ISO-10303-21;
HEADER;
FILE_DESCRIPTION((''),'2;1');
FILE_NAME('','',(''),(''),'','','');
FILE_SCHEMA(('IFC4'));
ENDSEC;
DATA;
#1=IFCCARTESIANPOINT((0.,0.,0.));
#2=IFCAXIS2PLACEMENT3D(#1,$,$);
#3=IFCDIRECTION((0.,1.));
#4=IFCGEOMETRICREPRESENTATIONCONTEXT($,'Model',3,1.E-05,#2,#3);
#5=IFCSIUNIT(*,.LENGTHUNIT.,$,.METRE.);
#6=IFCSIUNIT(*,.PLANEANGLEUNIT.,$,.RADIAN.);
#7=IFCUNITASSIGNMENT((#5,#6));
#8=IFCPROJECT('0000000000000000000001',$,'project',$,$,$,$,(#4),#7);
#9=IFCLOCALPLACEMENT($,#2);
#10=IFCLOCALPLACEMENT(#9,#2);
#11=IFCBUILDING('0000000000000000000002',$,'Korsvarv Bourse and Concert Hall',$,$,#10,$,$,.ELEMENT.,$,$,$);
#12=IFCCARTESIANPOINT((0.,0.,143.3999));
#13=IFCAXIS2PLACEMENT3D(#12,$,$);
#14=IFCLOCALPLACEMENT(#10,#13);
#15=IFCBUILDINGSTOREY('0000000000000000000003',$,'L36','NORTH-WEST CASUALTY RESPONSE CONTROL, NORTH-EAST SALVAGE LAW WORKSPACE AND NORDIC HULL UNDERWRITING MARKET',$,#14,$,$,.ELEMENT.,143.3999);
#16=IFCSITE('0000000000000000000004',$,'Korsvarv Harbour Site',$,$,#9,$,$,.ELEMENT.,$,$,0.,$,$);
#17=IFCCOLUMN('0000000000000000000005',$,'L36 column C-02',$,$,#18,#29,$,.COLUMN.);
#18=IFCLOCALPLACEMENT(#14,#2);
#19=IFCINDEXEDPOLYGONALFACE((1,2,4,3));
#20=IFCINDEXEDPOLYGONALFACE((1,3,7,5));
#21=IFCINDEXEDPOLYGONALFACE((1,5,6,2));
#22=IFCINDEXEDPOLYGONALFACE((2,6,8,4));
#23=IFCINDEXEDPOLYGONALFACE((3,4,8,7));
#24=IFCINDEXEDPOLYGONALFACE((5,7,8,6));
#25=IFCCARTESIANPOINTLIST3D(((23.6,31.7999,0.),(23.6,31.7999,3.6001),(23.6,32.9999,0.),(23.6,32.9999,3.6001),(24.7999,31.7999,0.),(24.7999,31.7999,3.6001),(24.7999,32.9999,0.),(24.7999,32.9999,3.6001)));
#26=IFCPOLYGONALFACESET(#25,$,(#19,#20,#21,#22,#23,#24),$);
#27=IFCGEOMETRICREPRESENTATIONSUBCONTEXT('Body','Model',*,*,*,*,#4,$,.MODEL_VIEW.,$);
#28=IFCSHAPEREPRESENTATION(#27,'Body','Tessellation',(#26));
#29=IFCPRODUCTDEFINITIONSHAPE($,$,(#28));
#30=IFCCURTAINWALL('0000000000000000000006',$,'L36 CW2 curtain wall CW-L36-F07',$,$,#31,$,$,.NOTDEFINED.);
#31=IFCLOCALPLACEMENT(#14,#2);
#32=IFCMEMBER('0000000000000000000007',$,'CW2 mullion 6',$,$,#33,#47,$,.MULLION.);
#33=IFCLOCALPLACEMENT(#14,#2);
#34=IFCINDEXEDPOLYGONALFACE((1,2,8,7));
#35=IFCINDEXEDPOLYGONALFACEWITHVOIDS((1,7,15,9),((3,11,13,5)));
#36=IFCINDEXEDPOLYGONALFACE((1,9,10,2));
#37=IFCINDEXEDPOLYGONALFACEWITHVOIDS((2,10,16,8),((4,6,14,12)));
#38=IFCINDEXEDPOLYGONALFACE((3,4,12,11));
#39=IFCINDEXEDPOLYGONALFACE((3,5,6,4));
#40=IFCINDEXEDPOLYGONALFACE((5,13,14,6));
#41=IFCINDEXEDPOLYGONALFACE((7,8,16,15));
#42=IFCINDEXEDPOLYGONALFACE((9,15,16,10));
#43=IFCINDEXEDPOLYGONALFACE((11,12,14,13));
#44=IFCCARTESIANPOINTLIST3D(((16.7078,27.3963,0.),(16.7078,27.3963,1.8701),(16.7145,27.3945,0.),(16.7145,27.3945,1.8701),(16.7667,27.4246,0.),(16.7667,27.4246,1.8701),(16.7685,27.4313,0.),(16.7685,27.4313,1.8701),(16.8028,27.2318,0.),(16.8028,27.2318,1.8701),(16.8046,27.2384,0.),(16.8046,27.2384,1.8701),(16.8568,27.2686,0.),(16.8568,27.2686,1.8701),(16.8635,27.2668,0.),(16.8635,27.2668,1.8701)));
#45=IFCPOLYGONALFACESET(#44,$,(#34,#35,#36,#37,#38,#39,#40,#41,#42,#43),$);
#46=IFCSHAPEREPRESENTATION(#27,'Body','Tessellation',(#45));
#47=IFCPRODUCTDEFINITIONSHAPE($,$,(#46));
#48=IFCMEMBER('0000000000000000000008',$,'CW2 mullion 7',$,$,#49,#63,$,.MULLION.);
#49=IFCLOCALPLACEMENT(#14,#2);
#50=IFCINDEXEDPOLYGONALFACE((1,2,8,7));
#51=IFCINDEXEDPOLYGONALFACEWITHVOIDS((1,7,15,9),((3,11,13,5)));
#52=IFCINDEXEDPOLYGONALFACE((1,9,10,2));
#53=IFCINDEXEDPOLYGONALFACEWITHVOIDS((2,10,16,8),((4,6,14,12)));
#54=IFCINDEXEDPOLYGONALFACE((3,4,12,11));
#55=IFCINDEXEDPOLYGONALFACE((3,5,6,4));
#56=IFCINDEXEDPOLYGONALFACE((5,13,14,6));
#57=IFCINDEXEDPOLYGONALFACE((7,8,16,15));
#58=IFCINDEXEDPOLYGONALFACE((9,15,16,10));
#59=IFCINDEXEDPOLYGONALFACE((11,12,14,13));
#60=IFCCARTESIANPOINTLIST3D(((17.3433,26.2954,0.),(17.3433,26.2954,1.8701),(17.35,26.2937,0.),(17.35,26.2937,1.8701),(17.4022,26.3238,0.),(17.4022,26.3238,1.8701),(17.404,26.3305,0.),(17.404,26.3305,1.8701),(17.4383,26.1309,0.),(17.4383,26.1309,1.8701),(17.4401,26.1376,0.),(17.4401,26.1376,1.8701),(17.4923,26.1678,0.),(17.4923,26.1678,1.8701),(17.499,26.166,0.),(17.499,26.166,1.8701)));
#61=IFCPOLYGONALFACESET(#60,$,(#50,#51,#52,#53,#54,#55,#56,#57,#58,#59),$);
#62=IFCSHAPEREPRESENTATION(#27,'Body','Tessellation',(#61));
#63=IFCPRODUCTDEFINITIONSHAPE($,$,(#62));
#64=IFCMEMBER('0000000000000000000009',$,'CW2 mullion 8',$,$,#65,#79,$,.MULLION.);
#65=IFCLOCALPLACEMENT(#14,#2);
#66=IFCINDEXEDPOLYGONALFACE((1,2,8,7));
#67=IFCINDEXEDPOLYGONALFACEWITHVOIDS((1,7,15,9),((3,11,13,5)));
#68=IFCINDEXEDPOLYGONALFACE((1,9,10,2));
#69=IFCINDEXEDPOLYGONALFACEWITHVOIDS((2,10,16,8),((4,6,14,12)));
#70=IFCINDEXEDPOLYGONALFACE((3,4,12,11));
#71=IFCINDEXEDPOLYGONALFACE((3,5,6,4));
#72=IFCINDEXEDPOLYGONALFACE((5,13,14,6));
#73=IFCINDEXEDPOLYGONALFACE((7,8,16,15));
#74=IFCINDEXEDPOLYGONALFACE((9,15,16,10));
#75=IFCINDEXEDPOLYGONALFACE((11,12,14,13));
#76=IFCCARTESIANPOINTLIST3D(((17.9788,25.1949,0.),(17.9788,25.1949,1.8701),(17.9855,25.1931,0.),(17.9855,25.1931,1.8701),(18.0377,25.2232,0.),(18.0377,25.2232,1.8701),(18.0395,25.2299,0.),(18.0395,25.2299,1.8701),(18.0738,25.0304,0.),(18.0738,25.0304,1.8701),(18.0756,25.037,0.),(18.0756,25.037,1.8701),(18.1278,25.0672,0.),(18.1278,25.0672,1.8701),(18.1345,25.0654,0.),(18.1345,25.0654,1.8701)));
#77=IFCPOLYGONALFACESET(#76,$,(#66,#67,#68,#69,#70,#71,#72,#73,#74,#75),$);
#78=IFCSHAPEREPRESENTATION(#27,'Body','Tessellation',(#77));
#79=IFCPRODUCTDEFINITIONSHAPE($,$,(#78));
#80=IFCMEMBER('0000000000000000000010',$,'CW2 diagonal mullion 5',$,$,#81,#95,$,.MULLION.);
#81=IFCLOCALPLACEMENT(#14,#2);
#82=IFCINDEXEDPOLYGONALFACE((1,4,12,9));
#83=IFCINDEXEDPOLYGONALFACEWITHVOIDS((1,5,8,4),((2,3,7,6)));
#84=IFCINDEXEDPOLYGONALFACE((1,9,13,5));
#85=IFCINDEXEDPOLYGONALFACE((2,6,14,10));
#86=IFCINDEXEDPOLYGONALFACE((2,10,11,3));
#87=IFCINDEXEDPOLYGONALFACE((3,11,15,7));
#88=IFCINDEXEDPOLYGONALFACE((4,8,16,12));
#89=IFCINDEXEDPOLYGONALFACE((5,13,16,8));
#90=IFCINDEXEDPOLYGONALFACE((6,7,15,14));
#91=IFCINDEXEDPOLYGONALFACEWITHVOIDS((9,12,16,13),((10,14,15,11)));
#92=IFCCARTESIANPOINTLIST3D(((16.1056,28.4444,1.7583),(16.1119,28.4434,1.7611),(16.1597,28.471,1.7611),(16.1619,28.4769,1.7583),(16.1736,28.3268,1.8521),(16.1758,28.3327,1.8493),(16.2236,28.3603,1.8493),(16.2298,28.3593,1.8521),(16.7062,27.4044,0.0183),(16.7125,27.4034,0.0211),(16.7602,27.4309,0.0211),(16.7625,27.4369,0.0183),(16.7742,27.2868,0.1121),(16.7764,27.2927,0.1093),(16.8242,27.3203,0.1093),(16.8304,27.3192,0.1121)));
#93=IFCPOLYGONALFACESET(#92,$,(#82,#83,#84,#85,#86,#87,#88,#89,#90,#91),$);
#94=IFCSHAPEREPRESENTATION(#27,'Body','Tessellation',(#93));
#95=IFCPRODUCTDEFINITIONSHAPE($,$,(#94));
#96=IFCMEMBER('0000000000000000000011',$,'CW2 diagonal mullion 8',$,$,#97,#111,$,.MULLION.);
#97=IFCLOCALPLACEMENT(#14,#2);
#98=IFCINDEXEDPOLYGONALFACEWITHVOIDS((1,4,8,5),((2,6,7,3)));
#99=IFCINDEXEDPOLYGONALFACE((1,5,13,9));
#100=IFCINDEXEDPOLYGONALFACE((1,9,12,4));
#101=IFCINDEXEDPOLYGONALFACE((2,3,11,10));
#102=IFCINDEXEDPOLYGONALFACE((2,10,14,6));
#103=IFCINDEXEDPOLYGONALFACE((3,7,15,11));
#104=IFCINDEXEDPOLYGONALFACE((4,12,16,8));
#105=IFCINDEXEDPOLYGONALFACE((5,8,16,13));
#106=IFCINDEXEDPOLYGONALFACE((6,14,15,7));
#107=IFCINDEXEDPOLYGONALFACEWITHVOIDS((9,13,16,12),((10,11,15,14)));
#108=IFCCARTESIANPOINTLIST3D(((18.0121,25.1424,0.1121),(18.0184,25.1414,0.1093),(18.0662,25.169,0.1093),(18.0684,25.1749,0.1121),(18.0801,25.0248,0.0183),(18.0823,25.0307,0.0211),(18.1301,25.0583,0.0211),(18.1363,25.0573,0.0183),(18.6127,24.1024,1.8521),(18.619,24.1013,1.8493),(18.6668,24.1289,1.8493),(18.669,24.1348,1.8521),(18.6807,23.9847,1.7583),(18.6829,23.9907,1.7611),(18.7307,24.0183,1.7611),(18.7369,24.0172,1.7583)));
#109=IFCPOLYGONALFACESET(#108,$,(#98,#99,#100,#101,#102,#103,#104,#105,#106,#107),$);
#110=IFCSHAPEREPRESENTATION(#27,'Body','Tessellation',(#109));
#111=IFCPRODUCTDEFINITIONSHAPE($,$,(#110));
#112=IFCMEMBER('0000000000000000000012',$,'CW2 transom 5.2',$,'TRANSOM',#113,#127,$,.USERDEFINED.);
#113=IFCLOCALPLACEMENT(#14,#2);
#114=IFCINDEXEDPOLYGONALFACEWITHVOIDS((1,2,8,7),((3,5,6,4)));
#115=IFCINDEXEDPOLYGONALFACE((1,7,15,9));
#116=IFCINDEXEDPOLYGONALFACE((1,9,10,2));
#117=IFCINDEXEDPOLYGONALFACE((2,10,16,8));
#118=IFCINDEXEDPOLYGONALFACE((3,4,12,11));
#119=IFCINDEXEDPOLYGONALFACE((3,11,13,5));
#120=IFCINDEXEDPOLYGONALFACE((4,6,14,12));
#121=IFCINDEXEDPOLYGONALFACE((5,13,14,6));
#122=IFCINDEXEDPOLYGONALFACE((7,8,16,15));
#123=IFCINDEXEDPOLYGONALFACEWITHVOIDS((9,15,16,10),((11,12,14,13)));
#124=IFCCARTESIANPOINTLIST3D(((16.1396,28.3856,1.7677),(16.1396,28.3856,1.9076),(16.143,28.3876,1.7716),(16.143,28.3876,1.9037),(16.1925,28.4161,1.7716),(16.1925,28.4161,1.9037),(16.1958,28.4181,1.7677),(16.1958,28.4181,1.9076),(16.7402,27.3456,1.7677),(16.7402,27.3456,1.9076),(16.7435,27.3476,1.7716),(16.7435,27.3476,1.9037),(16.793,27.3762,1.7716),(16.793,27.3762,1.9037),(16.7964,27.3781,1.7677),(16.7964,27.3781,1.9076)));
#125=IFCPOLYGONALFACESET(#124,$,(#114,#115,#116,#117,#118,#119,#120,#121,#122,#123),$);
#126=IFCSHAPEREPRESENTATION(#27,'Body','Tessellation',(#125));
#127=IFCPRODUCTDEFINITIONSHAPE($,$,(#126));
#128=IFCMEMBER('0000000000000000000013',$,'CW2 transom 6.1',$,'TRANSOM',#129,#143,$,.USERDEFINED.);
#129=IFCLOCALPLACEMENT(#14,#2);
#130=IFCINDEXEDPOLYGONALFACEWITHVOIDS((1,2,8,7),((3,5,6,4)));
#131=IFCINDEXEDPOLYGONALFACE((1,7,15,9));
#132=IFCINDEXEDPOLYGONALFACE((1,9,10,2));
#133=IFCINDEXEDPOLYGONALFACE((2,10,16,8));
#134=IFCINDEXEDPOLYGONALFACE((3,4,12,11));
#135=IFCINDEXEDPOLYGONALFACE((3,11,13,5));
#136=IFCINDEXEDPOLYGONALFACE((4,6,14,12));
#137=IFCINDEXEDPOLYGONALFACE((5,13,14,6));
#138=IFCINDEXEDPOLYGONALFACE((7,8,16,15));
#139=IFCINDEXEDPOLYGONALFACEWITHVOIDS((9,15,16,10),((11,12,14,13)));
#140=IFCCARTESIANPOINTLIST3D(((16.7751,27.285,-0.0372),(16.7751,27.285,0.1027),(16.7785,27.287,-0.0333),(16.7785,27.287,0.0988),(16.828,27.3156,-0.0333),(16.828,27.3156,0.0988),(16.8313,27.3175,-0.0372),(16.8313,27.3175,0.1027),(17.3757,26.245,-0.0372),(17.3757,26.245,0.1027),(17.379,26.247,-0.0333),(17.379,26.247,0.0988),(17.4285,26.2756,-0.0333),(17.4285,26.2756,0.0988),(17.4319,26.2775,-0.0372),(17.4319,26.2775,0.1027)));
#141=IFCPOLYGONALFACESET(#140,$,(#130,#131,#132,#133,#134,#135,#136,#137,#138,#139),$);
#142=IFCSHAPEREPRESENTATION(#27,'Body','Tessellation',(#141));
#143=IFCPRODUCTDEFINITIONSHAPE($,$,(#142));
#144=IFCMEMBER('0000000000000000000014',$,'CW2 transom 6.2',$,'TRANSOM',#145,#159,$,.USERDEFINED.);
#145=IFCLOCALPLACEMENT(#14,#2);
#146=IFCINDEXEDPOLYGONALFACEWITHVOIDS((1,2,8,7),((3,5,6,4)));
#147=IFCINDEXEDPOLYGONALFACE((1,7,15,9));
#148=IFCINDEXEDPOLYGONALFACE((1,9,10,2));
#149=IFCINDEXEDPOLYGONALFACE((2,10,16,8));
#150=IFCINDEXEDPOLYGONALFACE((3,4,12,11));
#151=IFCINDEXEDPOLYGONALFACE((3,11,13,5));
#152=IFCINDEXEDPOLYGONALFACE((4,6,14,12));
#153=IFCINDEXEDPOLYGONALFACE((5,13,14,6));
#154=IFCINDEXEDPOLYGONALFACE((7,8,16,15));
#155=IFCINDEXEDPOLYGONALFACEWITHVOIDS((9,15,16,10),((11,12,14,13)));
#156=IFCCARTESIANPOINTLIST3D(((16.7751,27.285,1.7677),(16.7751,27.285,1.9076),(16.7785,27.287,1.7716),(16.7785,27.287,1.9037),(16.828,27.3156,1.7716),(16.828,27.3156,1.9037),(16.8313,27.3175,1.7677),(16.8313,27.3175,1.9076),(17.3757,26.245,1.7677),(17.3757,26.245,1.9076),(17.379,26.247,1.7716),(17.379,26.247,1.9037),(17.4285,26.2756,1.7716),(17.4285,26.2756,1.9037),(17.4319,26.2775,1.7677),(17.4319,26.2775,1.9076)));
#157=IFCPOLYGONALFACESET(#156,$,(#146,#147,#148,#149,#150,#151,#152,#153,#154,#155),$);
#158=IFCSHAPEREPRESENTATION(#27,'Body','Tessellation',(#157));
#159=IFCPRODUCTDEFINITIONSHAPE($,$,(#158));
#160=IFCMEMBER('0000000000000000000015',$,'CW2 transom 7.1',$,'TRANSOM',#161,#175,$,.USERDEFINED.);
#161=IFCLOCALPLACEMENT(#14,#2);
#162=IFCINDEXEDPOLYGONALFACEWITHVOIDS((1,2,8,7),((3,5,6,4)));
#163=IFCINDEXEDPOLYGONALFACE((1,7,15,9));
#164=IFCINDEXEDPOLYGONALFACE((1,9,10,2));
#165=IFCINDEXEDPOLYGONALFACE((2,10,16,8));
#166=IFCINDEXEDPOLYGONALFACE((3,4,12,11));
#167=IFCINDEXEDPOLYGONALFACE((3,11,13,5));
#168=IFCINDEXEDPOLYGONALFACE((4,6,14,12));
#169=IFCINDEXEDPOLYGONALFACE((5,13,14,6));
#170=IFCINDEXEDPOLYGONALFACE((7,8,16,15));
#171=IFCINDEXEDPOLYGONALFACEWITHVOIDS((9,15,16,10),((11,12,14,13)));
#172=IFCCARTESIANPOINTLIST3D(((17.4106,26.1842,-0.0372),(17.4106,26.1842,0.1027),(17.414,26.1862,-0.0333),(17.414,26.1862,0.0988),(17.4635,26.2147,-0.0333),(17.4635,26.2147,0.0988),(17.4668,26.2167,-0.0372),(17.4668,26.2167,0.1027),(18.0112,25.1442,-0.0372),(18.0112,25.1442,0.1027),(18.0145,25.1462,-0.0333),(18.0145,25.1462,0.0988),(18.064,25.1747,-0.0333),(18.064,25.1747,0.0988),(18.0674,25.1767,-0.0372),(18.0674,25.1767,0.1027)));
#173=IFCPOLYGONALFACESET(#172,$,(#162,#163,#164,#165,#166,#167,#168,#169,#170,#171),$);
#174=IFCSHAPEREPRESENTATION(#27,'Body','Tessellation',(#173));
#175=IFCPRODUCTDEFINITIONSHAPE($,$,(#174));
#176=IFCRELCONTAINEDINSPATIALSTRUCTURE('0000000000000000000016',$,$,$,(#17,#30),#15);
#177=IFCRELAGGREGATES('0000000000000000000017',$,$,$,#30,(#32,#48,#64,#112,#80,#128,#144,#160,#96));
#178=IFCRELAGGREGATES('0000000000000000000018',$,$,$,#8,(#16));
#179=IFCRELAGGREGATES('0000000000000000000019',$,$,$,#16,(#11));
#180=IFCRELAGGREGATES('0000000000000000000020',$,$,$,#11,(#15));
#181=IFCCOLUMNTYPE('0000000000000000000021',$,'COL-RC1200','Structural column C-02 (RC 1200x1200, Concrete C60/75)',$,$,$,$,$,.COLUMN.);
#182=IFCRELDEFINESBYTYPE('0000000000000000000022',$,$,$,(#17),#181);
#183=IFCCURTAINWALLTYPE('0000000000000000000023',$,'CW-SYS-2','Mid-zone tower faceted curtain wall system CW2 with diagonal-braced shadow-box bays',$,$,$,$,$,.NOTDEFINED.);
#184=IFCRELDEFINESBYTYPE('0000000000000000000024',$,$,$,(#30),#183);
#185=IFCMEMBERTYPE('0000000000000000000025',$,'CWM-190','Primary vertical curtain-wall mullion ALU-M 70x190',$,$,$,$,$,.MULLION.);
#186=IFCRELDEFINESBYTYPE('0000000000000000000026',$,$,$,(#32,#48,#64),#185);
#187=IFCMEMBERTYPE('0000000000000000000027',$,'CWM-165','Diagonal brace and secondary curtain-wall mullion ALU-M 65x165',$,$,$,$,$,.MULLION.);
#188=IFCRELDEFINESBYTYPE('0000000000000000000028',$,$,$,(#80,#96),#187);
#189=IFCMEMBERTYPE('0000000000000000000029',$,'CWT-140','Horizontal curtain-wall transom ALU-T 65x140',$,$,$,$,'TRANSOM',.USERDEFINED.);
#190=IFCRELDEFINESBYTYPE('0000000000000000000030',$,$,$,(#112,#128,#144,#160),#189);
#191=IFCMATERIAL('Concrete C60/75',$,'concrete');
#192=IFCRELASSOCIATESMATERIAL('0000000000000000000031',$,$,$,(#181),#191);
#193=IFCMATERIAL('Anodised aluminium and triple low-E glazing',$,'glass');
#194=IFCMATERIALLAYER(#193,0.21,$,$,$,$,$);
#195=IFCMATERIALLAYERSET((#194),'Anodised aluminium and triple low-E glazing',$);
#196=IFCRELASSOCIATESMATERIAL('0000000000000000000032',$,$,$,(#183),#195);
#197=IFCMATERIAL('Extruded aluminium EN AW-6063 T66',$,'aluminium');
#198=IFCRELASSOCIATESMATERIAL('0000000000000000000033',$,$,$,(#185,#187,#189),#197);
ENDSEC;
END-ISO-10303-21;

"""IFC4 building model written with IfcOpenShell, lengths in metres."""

from ifc_helpers import new_model, si_unit, direction, frame, origin, origin_2d, place, context, subcontext, project, spatial, rectangle, hollow_rectangle, extrude, source, transform, mapped, material, layer, layer_set, material_profile, profile_set, type_object, element, aggregate, save


model = new_model("IFC4")

# Units and contexts
model_context = context("Model", 3, precision=1e-05, world=origin(), true_north=direction((0.0, 1.0)))
body_context = subcontext(model_context, "Body", "Model", "MODEL_VIEW")
ifc_project = project(units=[si_unit("LENGTHUNIT", "METRE"), si_unit("PLANEANGLEUNIT", "RADIAN")], contexts=[model_context])

# Site, building, storey
site_placement = place(None, origin())
site = spatial("IfcSite", under=ifc_project, at=site_placement, Name="Korsvarv Harbour Site", CompositionType="ELEMENT", RefElevation=0.0)
building_placement = place(site_placement, origin())
building = spatial("IfcBuilding", under=site, at=building_placement, Name="Korsvarv Bourse and Concert Hall", CompositionType="ELEMENT")
storey_placement = place(building_placement, frame((0.0, 0.0, 143.3999)))
storey = spatial("IfcBuildingStorey", under=building, at=storey_placement, Name="L36", Description="NORTH-WEST CASUALTY RESPONSE CONTROL, NORTH-EAST SALVAGE LAW WORKSPACE AND NORDIC HULL UNDERWRITING MARKET", CompositionType="ELEMENT", Elevation=143.3999)

# Column
ifc_material_1 = material(Name="Concrete C60/75", Category="concrete")
ifc_material_profile_1 = material_profile(ifc_material_1, rectangle(XDim=1.2, YDim=1.2, at=origin_2d()), Name="RC 1200x1200")
ifc_profile_set_1 = profile_set([ifc_material_profile_1], Name="Concrete C60/75")
column_type = type_object("IfcColumnType", Name="COL-RC1200", Description="Structural column C-02 (RC 1200x1200, Concrete C60/75)", PredefinedType="COLUMN", material=ifc_profile_set_1)
shared_shape_1 = source(origin(), body_context, "Body", "SweptSolid", [
    extrude(rectangle(XDim=1.2, YDim=1.2, at=origin_2d()), origin(), (0.0, 0.0, 1.0), 3.6001),
])
column_placement = place(storey_placement, frame((24.2, 32.3999, 0.0), z_axis=(0.0, 0.0, 1.0), x_axis=(1.0, 0.0, 0.0)))
element("IfcColumn", 1, at=column_placement, inside=storey, type_object=column_type, Name="L36 column C-02", PredefinedType="COLUMN", context=body_context, shape_type="MappedRepresentation", body=[
    mapped(shared_shape_1, transform((0.0, 0.0, 0.0), scale=1.0)),
])

# Curtain wall, members
ifc_material_2 = material(Name="Anodised aluminium and triple low-E glazing", Category="glass")
ifc_layer_1 = layer(ifc_material_2, 0.21)
ifc_layer_set_1 = layer_set([ifc_layer_1], Name="Anodised aluminium and triple low-E glazing")
curtain_wall_type = type_object("IfcCurtainWallType", Name="CW-SYS-2", Description="Mid-zone tower faceted curtain wall system CW2 with diagonal-braced shadow-box bays", PredefinedType="NOTDEFINED", material=ifc_layer_set_1)
curtain_wall_placement = place(storey_placement, origin())
curtain_wall = element("IfcCurtainWall", 2, at=curtain_wall_placement, inside=storey, type_object=curtain_wall_type, Name="L36 CW2 curtain wall CW-L36-F07", PredefinedType="NOTDEFINED")
ifc_material_3 = material(Name="Extruded aluminium EN AW-6063 T66", Category="aluminium")
ifc_material_profile_2 = material_profile(ifc_material_3, hollow_rectangle(XDim=0.0701, YDim=0.1899, WallThickness=0.0049, at=origin_2d()), Name="ALU-M 70x190")
ifc_profile_set_2 = profile_set([ifc_material_profile_2], Name="Extruded aluminium EN AW-6063 T66")
member_type_1 = type_object("IfcMemberType", Name="CWM-190", Description="Primary vertical curtain-wall mullion ALU-M 70x190", PredefinedType="MULLION", material=ifc_profile_set_2)
shared_shape_2 = source(origin(), body_context, "Body", "SweptSolid", [
    extrude(hollow_rectangle(XDim=0.0701, YDim=0.1899, WallThickness=0.0049, at=origin_2d()), origin(), (0.0, 0.0, 1.0), 1.8701),
])
member_1_placement = place(storey_placement, frame((16.7856, 27.3315, 0.0), z_axis=(0.0, 0.0, 1.0), x_axis=(0.866025, 0.5, 0.0)))
member_1 = element("IfcMember", 3, at=member_1_placement, type_object=member_type_1, Name="CW2 mullion 6", PredefinedType="MULLION", context=body_context, shape_type="MappedRepresentation", body=[
    mapped(shared_shape_2, transform((0.0, 0.0, 0.0), scale=1.0)),
])
member_2_placement = place(storey_placement, frame((17.4211, 26.2307, 0.0), z_axis=(0.0, 0.0, 1.0), x_axis=(0.866025, 0.5, 0.0)))
member_2 = element("IfcMember", 4, at=member_2_placement, type_object=member_type_1, Name="CW2 mullion 7", PredefinedType="MULLION", context=body_context, shape_type="MappedRepresentation", body=[
    mapped(shared_shape_2, transform((0.0, 0.0, 0.0), scale=1.0)),
])
member_3_placement = place(storey_placement, frame((18.0566, 25.1301, 0.0), z_axis=(0.0, 0.0, 1.0), x_axis=(0.866025, 0.5, 0.0)))
member_3 = element("IfcMember", 5, at=member_3_placement, type_object=member_type_1, Name="CW2 mullion 8", PredefinedType="MULLION", context=body_context, shape_type="MappedRepresentation", body=[
    mapped(shared_shape_2, transform((0.0, 0.0, 0.0), scale=1.0)),
])
ifc_material_profile_3 = material_profile(ifc_material_3, hollow_rectangle(XDim=0.0649, YDim=0.165, WallThickness=0.0049, at=origin_2d()), Name="ALU-M 65x165")
ifc_profile_set_3 = profile_set([ifc_material_profile_3], Name="Extruded aluminium EN AW-6063 T66")
member_type_2 = type_object("IfcMemberType", Name="CWM-165", Description="Diagonal brace and secondary curtain-wall mullion ALU-M 65x165", PredefinedType="MULLION", material=ifc_profile_set_3)
shared_shape_3 = source(origin(), body_context, "Body", "SweptSolid", [
    extrude(hollow_rectangle(XDim=0.0649, YDim=0.165, WallThickness=0.0049, at=origin_2d()), origin(), (0.0, 0.0, 1.0), 2.1143),
])
member_4_placement = place(storey_placement, frame((16.7683, 27.3618, 0.0652), z_axis=(-0.284069, 0.491924, 0.822992), x_axis=(-0.865982, -0.500074, 0.0)))
member_4 = element("IfcMember", 6, at=member_4_placement, type_object=member_type_2, Name="CW2 diagonal mullion 5", PredefinedType="MULLION", context=body_context, shape_type="MappedRepresentation", body=[
    mapped(shared_shape_3, transform((0.0, 0.0, 0.0), scale=1.0)),
])
member_5_placement = place(storey_placement, frame((18.0742, 25.0999, 0.0652), z_axis=(0.284069, -0.491924, 0.822992), x_axis=(0.865982, 0.500074, 0.0)))
member_5 = element("IfcMember", 7, at=member_5_placement, type_object=member_type_2, Name="CW2 diagonal mullion 8", PredefinedType="MULLION", context=body_context, shape_type="MappedRepresentation", body=[
    mapped(shared_shape_3, transform((0.0, 0.0, 0.0), scale=1.0)),
])
ifc_material_profile_4 = material_profile(ifc_material_3, hollow_rectangle(XDim=0.0649, YDim=0.1399, WallThickness=0.0039, at=origin_2d()), Name="ALU-T 65x140")
ifc_profile_set_4 = profile_set([ifc_material_profile_4], Name="Extruded aluminium EN AW-6063 T66")
member_type_3 = type_object("IfcMemberType", Name="CWT-140", Description="Horizontal curtain-wall transom ALU-T 65x140", ElementType="TRANSOM", PredefinedType="USERDEFINED", material=ifc_profile_set_4)
shared_shape_4 = source(origin(), body_context, "Body", "SweptSolid", [
    extrude(hollow_rectangle(XDim=0.0649, YDim=0.1399, WallThickness=0.0039, at=origin_2d()), origin(), (0.0, 0.0, 1.0), 1.2009),
])
member_6_placement = place(storey_placement, frame((16.1677, 28.4019, 1.8376), z_axis=(0.500074, -0.865982, 0.0), x_axis=(0.865982, 0.500074, 0.0)))
member_6 = element("IfcMember", 8, at=member_6_placement, type_object=member_type_3, Name="CW2 transom 5.2", ObjectType="TRANSOM", PredefinedType="USERDEFINED", context=body_context, shape_type="MappedRepresentation", body=[
    mapped(shared_shape_4, transform((0.0, 0.0, 0.0), scale=1.0)),
])
member_7_placement = place(storey_placement, frame((16.8032, 27.3013, 0.0327), z_axis=(0.500074, -0.865982, 0.0), x_axis=(0.865982, 0.500074, 0.0)))
member_7 = element("IfcMember", 9, at=member_7_placement, type_object=member_type_3, Name="CW2 transom 6.1", ObjectType="TRANSOM", PredefinedType="USERDEFINED", context=body_context, shape_type="MappedRepresentation", body=[
    mapped(shared_shape_4, transform((0.0, 0.0, 0.0), scale=1.0)),
])
member_8_placement = place(storey_placement, frame((16.8032, 27.3013, 1.8376), z_axis=(0.500074, -0.865982, 0.0), x_axis=(0.865982, 0.500074, 0.0)))
member_8 = element("IfcMember", 10, at=member_8_placement, type_object=member_type_3, Name="CW2 transom 6.2", ObjectType="TRANSOM", PredefinedType="USERDEFINED", context=body_context, shape_type="MappedRepresentation", body=[
    mapped(shared_shape_4, transform((0.0, 0.0, 0.0), scale=1.0)),
])
member_9_placement = place(storey_placement, frame((17.4387, 26.2004, 0.0327), z_axis=(0.500074, -0.865982, 0.0), x_axis=(0.865982, 0.500074, 0.0)))
member_9 = element("IfcMember", 11, at=member_9_placement, type_object=member_type_3, Name="CW2 transom 7.1", ObjectType="TRANSOM", PredefinedType="USERDEFINED", context=body_context, shape_type="MappedRepresentation", body=[
    mapped(shared_shape_4, transform((0.0, 0.0, 0.0), scale=1.0)),
])
aggregate(curtain_wall, [member_1, member_2, member_3, member_6, member_4, member_7, member_8, member_9, member_5])

save(model, "model.ifc")
